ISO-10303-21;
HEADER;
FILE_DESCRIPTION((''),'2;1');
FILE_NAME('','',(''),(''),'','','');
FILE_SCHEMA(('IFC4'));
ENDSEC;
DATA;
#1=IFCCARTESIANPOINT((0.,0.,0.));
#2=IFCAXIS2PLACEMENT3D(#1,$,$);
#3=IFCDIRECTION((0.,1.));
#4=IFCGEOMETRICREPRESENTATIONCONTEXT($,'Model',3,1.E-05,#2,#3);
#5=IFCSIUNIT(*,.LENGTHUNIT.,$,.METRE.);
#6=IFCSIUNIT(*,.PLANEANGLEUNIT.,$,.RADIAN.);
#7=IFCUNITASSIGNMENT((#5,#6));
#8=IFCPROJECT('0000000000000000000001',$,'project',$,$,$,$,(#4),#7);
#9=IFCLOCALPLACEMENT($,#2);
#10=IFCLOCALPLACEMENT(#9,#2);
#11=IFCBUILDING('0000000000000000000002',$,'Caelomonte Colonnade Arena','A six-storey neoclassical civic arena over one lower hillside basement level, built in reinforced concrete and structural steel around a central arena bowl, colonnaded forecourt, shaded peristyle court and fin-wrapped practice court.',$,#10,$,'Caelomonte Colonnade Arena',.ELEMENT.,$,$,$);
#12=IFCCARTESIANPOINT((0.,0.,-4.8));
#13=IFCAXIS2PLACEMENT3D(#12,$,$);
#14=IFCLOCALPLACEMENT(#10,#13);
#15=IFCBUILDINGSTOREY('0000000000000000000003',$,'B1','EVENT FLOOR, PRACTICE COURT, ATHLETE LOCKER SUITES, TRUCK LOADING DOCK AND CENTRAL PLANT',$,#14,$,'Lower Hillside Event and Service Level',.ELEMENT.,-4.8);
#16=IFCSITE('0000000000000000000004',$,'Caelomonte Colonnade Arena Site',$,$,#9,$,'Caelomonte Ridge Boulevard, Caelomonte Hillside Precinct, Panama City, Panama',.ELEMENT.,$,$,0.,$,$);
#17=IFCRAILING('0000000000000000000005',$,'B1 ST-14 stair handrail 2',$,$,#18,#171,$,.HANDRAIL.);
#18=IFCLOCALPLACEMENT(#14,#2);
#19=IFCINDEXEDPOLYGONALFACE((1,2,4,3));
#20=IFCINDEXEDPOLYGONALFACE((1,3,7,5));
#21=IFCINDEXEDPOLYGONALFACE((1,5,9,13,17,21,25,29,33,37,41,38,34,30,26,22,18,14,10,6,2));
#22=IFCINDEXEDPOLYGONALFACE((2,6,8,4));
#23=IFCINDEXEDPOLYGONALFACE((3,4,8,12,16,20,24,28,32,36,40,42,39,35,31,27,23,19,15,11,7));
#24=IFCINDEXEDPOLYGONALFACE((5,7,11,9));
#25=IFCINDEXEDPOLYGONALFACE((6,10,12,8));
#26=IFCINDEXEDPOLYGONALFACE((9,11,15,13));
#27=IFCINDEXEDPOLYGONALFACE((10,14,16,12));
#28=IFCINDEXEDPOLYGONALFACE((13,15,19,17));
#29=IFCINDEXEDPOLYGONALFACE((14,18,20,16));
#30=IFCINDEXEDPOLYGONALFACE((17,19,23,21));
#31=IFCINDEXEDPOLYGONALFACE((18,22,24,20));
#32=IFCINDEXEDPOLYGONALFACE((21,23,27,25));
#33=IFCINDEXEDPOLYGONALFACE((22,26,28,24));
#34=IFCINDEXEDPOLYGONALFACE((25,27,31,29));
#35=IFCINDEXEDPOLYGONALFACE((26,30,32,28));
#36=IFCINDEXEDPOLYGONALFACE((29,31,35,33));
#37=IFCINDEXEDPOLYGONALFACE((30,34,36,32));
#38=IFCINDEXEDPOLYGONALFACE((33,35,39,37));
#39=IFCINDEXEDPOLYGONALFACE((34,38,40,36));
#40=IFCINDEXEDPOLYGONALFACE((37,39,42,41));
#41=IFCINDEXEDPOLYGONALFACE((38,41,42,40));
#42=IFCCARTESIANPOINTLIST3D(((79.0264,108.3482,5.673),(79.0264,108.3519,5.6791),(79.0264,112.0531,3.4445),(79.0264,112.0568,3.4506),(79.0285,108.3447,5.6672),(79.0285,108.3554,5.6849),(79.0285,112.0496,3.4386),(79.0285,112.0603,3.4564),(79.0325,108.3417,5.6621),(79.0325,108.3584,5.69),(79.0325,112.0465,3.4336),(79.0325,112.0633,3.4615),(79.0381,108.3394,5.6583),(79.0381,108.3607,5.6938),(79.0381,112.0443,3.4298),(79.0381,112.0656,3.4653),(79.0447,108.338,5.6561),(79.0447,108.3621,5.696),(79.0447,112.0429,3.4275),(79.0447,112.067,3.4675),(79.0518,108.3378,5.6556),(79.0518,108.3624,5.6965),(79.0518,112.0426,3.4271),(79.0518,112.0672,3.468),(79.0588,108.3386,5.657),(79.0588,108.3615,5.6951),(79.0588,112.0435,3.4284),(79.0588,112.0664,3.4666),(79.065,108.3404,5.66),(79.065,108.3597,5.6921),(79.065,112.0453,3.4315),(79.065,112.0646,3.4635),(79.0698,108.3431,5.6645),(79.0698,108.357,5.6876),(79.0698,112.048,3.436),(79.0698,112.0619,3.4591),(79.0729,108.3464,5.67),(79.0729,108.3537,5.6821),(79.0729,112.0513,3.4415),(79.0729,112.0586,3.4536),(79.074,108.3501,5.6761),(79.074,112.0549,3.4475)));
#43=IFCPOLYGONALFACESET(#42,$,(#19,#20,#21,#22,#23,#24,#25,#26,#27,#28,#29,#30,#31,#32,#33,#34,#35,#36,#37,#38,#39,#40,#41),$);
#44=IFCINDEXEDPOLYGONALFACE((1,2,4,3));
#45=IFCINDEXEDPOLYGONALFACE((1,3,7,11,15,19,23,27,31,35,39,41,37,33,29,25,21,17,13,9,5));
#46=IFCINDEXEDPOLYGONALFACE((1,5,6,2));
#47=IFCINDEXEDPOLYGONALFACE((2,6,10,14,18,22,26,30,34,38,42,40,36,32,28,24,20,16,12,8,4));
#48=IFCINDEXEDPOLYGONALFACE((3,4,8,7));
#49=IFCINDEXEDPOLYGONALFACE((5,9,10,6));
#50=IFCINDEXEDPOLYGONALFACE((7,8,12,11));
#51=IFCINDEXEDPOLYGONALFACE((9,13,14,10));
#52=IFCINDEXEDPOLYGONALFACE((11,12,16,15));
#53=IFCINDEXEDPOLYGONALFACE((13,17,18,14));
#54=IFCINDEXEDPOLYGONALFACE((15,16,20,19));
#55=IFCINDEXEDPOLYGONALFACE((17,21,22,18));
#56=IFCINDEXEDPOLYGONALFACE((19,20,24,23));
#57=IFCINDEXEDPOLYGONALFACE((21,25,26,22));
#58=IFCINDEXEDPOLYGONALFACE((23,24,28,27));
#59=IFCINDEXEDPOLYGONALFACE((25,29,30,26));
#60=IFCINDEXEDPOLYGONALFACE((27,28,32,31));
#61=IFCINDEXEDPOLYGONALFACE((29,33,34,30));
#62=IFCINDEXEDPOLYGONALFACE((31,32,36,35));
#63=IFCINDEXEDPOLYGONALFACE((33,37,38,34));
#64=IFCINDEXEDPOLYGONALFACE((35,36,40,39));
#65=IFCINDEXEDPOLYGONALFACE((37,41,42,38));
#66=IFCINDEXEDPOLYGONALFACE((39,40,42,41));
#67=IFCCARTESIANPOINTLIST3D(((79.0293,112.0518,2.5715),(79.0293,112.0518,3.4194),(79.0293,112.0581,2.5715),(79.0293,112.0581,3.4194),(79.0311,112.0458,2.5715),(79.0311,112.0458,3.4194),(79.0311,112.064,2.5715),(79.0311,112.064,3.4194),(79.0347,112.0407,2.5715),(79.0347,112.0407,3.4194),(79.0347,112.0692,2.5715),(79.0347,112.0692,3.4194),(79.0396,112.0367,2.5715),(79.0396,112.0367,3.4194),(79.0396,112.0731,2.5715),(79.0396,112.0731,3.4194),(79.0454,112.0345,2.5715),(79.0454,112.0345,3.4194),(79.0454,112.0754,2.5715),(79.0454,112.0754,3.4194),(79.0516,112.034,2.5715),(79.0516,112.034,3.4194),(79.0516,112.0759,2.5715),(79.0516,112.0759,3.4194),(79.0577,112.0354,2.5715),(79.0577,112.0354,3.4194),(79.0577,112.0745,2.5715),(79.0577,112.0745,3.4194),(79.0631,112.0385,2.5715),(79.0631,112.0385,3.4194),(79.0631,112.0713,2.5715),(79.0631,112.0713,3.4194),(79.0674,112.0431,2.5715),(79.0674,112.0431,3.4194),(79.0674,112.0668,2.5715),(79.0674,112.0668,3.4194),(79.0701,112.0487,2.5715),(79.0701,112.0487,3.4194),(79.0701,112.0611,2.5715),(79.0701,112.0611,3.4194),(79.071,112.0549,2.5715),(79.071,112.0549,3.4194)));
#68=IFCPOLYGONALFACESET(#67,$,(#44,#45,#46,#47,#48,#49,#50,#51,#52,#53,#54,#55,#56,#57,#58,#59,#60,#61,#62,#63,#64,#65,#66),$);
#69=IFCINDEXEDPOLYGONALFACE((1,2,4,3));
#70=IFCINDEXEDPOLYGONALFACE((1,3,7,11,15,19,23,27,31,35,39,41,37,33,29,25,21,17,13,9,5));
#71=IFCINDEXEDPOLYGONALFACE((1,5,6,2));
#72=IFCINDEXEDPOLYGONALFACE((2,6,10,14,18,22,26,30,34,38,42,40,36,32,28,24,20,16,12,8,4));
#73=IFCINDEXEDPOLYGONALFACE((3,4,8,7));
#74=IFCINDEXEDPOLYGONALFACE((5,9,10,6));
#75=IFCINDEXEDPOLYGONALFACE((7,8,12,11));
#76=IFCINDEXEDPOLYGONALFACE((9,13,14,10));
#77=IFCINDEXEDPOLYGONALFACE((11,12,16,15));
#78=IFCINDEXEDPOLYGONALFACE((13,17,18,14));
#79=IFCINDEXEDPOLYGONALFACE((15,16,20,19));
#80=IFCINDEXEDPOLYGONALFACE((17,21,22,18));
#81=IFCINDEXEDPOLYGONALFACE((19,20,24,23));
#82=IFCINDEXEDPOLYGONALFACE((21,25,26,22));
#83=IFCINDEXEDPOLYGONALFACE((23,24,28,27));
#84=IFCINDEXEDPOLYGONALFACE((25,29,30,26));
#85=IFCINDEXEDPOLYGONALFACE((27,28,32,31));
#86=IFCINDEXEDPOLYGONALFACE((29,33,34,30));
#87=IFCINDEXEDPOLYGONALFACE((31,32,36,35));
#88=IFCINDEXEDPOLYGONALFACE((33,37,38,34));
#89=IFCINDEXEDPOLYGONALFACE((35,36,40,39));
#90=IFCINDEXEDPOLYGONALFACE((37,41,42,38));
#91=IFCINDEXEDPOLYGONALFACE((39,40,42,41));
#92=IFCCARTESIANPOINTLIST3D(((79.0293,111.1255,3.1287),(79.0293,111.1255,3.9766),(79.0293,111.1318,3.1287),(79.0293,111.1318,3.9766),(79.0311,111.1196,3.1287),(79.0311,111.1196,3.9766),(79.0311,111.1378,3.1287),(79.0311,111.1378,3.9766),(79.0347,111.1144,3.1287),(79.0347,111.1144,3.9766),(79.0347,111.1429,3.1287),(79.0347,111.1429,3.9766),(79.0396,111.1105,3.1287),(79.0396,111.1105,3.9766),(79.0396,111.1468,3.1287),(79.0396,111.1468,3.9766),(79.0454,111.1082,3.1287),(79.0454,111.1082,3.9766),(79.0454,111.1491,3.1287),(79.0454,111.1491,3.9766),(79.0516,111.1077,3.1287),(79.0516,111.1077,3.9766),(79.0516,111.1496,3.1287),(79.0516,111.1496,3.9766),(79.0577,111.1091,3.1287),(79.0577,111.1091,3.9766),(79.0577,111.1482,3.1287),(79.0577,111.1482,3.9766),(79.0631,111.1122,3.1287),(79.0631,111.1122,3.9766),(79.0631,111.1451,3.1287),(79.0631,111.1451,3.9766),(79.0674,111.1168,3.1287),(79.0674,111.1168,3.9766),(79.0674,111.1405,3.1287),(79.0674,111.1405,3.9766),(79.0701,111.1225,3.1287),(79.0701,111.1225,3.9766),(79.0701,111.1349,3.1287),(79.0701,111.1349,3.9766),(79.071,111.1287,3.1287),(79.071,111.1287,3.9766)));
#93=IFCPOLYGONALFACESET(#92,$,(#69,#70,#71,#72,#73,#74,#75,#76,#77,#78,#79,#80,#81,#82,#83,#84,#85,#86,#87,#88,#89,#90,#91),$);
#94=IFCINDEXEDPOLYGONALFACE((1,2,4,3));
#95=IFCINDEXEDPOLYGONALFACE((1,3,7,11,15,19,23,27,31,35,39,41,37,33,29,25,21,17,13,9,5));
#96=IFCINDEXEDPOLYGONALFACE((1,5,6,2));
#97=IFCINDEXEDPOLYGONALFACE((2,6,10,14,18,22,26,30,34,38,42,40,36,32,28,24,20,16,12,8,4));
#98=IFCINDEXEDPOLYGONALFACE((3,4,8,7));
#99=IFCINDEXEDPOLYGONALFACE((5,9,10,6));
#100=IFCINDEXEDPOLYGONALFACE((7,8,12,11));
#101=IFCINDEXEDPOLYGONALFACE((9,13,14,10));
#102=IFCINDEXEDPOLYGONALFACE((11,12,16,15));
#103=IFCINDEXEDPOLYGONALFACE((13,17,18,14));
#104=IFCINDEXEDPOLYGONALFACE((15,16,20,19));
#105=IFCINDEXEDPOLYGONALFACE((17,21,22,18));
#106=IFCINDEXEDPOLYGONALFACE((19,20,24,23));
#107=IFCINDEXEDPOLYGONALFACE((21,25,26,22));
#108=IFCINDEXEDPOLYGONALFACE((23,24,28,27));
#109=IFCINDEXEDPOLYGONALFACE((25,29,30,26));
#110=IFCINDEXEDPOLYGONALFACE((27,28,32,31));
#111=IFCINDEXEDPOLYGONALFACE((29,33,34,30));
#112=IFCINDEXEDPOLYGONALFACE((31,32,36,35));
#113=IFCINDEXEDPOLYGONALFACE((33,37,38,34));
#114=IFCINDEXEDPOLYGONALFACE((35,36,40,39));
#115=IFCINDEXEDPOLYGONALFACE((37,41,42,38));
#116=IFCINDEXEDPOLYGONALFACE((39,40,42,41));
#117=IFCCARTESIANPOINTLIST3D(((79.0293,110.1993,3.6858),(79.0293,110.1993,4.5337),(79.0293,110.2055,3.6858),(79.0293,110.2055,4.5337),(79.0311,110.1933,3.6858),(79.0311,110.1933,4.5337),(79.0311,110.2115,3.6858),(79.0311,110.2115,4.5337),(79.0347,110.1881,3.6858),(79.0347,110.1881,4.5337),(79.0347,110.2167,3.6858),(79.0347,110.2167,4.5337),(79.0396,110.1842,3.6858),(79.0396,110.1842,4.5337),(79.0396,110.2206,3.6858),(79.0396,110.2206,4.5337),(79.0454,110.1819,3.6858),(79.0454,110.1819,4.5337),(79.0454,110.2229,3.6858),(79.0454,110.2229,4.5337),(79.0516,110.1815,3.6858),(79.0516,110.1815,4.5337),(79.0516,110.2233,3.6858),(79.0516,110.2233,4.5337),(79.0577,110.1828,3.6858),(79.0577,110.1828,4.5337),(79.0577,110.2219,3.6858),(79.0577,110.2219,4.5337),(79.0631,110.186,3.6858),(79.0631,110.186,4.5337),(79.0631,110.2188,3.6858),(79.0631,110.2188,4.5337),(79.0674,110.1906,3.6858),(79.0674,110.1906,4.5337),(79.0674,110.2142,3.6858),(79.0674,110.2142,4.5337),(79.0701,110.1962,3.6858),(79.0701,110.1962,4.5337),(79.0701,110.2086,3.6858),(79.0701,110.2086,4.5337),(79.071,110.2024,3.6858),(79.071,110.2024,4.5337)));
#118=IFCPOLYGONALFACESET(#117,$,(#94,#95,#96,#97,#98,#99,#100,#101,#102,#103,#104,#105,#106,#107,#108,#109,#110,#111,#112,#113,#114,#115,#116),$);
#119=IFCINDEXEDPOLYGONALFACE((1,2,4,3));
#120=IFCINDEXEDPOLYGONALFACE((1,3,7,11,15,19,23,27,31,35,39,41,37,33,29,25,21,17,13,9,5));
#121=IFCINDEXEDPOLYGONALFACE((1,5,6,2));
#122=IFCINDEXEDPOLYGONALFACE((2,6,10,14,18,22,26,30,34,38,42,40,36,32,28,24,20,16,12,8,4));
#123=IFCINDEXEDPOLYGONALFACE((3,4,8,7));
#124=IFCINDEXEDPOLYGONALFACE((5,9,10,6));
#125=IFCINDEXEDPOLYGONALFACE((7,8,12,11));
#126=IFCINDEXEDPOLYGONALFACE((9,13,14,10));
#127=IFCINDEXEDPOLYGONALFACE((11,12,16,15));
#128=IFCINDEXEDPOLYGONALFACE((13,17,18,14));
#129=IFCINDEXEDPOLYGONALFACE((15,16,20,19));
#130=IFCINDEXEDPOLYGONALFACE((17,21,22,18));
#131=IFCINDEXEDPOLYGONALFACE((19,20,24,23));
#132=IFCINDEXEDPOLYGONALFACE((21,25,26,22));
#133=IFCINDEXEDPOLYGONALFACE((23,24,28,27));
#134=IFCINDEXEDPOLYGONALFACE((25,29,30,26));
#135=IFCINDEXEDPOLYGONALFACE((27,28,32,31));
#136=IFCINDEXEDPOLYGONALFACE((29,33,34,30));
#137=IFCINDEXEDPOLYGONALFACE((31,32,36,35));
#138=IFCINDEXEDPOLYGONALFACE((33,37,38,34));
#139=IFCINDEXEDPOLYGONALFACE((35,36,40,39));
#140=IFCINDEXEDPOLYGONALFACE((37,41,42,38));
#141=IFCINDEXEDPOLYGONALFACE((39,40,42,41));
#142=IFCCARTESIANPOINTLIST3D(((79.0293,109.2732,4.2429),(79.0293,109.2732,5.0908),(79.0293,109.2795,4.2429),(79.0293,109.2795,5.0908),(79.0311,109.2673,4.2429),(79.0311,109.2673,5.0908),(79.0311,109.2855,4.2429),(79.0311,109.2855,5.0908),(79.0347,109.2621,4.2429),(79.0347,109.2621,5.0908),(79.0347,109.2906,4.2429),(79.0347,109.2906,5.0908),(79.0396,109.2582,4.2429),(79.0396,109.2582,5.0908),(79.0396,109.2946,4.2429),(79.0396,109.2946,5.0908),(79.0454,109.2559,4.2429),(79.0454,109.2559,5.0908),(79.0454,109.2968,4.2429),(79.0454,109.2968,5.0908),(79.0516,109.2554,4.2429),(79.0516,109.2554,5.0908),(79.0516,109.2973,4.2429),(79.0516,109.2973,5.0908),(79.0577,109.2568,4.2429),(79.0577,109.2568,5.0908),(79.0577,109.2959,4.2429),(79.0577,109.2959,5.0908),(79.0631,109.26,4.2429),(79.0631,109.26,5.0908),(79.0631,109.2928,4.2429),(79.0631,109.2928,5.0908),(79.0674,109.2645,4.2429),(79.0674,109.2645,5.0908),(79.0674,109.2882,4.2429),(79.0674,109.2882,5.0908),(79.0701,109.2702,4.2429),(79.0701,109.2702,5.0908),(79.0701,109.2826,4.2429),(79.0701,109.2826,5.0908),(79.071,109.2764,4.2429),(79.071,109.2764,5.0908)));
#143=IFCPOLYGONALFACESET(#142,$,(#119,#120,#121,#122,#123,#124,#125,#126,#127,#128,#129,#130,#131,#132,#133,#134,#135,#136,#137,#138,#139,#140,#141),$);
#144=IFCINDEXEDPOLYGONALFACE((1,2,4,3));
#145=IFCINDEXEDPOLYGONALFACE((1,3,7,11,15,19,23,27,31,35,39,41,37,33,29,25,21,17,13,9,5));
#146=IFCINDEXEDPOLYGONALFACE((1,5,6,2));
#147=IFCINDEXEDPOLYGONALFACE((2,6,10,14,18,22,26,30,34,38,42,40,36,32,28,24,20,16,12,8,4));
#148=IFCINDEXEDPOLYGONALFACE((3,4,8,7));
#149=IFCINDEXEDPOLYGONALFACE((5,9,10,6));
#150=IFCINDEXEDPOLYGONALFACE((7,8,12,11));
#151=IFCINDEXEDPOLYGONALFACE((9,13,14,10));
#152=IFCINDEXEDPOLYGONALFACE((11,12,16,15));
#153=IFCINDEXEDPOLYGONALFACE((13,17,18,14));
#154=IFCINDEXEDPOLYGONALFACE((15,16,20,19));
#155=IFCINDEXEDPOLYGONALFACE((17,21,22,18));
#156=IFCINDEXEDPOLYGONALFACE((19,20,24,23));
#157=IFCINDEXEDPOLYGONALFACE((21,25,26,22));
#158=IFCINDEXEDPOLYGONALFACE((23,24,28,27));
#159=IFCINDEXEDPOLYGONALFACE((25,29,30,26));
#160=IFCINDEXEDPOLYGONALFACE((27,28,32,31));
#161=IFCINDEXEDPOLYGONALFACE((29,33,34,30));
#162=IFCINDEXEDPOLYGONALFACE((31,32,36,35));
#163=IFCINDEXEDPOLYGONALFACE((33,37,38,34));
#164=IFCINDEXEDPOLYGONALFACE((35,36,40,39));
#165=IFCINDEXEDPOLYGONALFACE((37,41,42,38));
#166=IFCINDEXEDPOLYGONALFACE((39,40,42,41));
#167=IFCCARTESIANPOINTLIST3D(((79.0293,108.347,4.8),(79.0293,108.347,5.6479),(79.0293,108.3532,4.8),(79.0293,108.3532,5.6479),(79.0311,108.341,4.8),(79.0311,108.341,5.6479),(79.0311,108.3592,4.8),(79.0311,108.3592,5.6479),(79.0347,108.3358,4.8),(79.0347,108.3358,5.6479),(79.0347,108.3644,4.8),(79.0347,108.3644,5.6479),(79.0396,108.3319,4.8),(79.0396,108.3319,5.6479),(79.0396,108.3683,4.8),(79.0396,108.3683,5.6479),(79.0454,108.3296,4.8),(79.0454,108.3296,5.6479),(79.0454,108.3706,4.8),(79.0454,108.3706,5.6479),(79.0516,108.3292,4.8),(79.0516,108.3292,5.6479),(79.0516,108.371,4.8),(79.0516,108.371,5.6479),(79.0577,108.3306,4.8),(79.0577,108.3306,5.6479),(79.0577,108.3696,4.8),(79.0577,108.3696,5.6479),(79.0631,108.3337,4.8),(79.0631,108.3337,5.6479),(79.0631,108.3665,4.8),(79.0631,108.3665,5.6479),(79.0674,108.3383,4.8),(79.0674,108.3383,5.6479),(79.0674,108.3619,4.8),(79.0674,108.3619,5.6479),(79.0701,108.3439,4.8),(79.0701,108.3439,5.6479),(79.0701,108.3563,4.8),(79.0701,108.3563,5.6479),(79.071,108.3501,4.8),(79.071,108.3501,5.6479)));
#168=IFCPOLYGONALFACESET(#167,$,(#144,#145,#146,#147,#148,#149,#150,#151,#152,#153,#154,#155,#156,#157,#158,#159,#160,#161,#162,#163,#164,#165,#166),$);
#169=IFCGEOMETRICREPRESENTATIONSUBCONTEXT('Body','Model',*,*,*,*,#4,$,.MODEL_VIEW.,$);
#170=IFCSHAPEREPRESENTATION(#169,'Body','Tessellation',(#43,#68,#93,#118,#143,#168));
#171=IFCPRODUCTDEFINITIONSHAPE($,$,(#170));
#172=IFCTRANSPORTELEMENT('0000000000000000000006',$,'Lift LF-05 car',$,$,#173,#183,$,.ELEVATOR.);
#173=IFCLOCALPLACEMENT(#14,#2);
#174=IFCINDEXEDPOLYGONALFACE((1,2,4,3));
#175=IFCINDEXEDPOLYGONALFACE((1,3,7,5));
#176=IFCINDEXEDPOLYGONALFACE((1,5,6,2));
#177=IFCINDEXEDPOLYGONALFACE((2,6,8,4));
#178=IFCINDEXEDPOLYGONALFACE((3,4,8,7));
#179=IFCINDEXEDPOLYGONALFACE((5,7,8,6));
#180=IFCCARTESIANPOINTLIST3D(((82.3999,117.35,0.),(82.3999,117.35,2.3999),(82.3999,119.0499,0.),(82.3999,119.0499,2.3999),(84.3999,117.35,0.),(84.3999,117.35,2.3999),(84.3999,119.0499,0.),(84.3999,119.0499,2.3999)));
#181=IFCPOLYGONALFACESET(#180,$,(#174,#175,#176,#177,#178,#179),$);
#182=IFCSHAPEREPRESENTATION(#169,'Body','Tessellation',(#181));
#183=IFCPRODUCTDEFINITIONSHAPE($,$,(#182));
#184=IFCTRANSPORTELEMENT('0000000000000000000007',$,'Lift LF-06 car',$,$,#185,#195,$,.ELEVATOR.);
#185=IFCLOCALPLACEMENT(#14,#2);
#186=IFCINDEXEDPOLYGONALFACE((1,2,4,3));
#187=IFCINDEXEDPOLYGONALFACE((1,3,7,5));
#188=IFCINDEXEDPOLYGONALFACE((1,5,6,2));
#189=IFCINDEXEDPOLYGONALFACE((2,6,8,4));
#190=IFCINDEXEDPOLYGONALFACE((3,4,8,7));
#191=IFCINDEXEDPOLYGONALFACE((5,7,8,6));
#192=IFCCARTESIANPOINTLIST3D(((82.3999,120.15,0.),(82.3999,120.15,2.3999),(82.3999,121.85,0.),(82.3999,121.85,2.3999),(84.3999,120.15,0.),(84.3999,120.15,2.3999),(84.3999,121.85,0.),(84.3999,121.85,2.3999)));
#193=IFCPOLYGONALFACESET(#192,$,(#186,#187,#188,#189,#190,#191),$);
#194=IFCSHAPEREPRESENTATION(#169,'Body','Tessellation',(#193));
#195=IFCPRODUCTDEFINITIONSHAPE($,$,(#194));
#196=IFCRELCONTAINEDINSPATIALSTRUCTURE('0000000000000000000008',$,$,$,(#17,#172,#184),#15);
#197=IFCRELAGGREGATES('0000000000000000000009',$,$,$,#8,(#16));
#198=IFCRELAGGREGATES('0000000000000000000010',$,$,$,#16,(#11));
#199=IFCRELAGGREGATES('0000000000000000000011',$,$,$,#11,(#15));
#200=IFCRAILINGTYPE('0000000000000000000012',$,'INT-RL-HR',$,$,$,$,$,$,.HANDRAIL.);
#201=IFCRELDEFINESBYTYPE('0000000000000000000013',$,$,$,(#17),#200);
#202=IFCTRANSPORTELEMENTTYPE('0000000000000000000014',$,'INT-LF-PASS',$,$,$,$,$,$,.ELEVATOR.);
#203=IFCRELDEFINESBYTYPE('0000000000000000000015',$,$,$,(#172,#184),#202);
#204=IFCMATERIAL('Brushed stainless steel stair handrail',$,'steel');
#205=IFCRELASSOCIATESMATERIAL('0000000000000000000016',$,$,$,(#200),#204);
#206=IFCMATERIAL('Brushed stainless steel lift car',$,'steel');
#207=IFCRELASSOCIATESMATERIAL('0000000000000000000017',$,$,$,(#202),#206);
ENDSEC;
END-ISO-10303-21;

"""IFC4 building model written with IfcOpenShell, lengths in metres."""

from ifc_helpers import new_model, si_unit, direction, frame, origin, origin_2d, place, context, subcontext, project, spatial, rectangle, circle, extrude, material, type_object, element, save


model = new_model("IFC4")

# Units and contexts
model_context = context("Model", 3, precision=1e-05, world=origin(), true_north=direction((0.0, 1.0)))
body_context = subcontext(model_context, "Body", "Model", "MODEL_VIEW")
ifc_project = project(units=[si_unit("LENGTHUNIT", "METRE"), si_unit("PLANEANGLEUNIT", "RADIAN")], contexts=[model_context])

# Site, building, storey
site_placement = place(None, origin())
site = spatial("IfcSite", under=ifc_project, at=site_placement, Name="Caelomonte Colonnade Arena Site", LongName="Caelomonte Ridge Boulevard, Caelomonte Hillside Precinct, Panama City, Panama", CompositionType="ELEMENT", RefElevation=0.0)
building_placement = place(site_placement, origin())
building = spatial("IfcBuilding", under=site, at=building_placement, Name="Caelomonte Colonnade Arena", Description="A six-storey neoclassical civic arena over one lower hillside basement level, built in reinforced concrete and structural steel around a central arena bowl, colonnaded forecourt, shaded peristyle court and fin-wrapped practice court.", LongName="Caelomonte Colonnade Arena", CompositionType="ELEMENT")
storey_placement = place(building_placement, frame((0.0, 0.0, -4.8)))
storey = spatial("IfcBuildingStorey", under=building, at=storey_placement, Name="B1", Description="EVENT FLOOR, PRACTICE COURT, ATHLETE LOCKER SUITES, TRUCK LOADING DOCK AND CENTRAL PLANT", LongName="Lower Hillside Event and Service Level", CompositionType="ELEMENT", Elevation=-4.8)

# Railing
ifc_material_1 = material(Name="Brushed stainless steel stair handrail", Category="steel")
railing_type_1 = type_object("IfcRailingType", Name="INT-RL-HR", PredefinedType="HANDRAIL", material=ifc_material_1)
railing_1_placement = place(storey_placement, frame((79.05, 112.0549, 2.5715)))
element("IfcRailing", 1, at=railing_1_placement, inside=storey, type_object=railing_type_1, Name="B1 ST-14 stair handrail 2", PredefinedType="HANDRAIL", context=body_context, shape_type="SweptSolid", body=[
    extrude(circle(Radius=0.0239, at=origin_2d()), frame((0.0, 0.0, 0.876), z_axis=(0.0, -0.856919, 0.51545), x_axis=(1.0, 0.0, 0.0)), (0.0, 0.0, 1.0), 4.3235),
    extrude(circle(Radius=0.021, at=origin_2d()), origin(), (0.0, 0.0, 1.0), 0.8479),
    extrude(circle(Radius=0.021, at=origin_2d()), frame((0.0, -0.9263, 0.5571)), (0.0, 0.0, 1.0), 0.8479),
    extrude(circle(Radius=0.021, at=origin_2d()), frame((0.0, -1.8525, 1.1143)), (0.0, 0.0, 1.0), 0.8479),
    extrude(circle(Radius=0.021, at=origin_2d()), frame((0.0, -2.7786, 1.6714)), (0.0, 0.0, 1.0), 0.8479),
    extrude(circle(Radius=0.021, at=origin_2d()), frame((0.0, -3.7048, 2.2285)), (0.0, 0.0, 1.0), 0.8479),
])

# Transport elements
ifc_material_2 = material(Name="Brushed stainless steel lift car", Category="steel")
transport_element_type = type_object("IfcTransportElementType", Name="INT-LF-PASS", PredefinedType="ELEVATOR", material=ifc_material_2)
for number, where, z_axis, x_axis, name in (
    (2, (83.3999, 118.2, 0.0), (0.0, 0.0, 1.0), (1.0, 0.0, 0.0), "Lift LF-05 car"),
    (3, (83.3999, 121.0, 0.0), (0.0, 0.0, 1.0), (1.0, 0.0, 0.0), "Lift LF-06 car"),
):
    element("IfcTransportElement", number, at=place(storey_placement, frame(where, z_axis=z_axis, x_axis=x_axis)), inside=storey, type_object=transport_element_type, Name=name, PredefinedType="ELEVATOR", context=body_context, shape_type="SweptSolid", body=[
        extrude(rectangle(XDim=2.0, YDim=1.7, at=origin_2d()), origin(), (0.0, 0.0, 1.0), 2.3999),
    ])

save(model, "model.ifc")
